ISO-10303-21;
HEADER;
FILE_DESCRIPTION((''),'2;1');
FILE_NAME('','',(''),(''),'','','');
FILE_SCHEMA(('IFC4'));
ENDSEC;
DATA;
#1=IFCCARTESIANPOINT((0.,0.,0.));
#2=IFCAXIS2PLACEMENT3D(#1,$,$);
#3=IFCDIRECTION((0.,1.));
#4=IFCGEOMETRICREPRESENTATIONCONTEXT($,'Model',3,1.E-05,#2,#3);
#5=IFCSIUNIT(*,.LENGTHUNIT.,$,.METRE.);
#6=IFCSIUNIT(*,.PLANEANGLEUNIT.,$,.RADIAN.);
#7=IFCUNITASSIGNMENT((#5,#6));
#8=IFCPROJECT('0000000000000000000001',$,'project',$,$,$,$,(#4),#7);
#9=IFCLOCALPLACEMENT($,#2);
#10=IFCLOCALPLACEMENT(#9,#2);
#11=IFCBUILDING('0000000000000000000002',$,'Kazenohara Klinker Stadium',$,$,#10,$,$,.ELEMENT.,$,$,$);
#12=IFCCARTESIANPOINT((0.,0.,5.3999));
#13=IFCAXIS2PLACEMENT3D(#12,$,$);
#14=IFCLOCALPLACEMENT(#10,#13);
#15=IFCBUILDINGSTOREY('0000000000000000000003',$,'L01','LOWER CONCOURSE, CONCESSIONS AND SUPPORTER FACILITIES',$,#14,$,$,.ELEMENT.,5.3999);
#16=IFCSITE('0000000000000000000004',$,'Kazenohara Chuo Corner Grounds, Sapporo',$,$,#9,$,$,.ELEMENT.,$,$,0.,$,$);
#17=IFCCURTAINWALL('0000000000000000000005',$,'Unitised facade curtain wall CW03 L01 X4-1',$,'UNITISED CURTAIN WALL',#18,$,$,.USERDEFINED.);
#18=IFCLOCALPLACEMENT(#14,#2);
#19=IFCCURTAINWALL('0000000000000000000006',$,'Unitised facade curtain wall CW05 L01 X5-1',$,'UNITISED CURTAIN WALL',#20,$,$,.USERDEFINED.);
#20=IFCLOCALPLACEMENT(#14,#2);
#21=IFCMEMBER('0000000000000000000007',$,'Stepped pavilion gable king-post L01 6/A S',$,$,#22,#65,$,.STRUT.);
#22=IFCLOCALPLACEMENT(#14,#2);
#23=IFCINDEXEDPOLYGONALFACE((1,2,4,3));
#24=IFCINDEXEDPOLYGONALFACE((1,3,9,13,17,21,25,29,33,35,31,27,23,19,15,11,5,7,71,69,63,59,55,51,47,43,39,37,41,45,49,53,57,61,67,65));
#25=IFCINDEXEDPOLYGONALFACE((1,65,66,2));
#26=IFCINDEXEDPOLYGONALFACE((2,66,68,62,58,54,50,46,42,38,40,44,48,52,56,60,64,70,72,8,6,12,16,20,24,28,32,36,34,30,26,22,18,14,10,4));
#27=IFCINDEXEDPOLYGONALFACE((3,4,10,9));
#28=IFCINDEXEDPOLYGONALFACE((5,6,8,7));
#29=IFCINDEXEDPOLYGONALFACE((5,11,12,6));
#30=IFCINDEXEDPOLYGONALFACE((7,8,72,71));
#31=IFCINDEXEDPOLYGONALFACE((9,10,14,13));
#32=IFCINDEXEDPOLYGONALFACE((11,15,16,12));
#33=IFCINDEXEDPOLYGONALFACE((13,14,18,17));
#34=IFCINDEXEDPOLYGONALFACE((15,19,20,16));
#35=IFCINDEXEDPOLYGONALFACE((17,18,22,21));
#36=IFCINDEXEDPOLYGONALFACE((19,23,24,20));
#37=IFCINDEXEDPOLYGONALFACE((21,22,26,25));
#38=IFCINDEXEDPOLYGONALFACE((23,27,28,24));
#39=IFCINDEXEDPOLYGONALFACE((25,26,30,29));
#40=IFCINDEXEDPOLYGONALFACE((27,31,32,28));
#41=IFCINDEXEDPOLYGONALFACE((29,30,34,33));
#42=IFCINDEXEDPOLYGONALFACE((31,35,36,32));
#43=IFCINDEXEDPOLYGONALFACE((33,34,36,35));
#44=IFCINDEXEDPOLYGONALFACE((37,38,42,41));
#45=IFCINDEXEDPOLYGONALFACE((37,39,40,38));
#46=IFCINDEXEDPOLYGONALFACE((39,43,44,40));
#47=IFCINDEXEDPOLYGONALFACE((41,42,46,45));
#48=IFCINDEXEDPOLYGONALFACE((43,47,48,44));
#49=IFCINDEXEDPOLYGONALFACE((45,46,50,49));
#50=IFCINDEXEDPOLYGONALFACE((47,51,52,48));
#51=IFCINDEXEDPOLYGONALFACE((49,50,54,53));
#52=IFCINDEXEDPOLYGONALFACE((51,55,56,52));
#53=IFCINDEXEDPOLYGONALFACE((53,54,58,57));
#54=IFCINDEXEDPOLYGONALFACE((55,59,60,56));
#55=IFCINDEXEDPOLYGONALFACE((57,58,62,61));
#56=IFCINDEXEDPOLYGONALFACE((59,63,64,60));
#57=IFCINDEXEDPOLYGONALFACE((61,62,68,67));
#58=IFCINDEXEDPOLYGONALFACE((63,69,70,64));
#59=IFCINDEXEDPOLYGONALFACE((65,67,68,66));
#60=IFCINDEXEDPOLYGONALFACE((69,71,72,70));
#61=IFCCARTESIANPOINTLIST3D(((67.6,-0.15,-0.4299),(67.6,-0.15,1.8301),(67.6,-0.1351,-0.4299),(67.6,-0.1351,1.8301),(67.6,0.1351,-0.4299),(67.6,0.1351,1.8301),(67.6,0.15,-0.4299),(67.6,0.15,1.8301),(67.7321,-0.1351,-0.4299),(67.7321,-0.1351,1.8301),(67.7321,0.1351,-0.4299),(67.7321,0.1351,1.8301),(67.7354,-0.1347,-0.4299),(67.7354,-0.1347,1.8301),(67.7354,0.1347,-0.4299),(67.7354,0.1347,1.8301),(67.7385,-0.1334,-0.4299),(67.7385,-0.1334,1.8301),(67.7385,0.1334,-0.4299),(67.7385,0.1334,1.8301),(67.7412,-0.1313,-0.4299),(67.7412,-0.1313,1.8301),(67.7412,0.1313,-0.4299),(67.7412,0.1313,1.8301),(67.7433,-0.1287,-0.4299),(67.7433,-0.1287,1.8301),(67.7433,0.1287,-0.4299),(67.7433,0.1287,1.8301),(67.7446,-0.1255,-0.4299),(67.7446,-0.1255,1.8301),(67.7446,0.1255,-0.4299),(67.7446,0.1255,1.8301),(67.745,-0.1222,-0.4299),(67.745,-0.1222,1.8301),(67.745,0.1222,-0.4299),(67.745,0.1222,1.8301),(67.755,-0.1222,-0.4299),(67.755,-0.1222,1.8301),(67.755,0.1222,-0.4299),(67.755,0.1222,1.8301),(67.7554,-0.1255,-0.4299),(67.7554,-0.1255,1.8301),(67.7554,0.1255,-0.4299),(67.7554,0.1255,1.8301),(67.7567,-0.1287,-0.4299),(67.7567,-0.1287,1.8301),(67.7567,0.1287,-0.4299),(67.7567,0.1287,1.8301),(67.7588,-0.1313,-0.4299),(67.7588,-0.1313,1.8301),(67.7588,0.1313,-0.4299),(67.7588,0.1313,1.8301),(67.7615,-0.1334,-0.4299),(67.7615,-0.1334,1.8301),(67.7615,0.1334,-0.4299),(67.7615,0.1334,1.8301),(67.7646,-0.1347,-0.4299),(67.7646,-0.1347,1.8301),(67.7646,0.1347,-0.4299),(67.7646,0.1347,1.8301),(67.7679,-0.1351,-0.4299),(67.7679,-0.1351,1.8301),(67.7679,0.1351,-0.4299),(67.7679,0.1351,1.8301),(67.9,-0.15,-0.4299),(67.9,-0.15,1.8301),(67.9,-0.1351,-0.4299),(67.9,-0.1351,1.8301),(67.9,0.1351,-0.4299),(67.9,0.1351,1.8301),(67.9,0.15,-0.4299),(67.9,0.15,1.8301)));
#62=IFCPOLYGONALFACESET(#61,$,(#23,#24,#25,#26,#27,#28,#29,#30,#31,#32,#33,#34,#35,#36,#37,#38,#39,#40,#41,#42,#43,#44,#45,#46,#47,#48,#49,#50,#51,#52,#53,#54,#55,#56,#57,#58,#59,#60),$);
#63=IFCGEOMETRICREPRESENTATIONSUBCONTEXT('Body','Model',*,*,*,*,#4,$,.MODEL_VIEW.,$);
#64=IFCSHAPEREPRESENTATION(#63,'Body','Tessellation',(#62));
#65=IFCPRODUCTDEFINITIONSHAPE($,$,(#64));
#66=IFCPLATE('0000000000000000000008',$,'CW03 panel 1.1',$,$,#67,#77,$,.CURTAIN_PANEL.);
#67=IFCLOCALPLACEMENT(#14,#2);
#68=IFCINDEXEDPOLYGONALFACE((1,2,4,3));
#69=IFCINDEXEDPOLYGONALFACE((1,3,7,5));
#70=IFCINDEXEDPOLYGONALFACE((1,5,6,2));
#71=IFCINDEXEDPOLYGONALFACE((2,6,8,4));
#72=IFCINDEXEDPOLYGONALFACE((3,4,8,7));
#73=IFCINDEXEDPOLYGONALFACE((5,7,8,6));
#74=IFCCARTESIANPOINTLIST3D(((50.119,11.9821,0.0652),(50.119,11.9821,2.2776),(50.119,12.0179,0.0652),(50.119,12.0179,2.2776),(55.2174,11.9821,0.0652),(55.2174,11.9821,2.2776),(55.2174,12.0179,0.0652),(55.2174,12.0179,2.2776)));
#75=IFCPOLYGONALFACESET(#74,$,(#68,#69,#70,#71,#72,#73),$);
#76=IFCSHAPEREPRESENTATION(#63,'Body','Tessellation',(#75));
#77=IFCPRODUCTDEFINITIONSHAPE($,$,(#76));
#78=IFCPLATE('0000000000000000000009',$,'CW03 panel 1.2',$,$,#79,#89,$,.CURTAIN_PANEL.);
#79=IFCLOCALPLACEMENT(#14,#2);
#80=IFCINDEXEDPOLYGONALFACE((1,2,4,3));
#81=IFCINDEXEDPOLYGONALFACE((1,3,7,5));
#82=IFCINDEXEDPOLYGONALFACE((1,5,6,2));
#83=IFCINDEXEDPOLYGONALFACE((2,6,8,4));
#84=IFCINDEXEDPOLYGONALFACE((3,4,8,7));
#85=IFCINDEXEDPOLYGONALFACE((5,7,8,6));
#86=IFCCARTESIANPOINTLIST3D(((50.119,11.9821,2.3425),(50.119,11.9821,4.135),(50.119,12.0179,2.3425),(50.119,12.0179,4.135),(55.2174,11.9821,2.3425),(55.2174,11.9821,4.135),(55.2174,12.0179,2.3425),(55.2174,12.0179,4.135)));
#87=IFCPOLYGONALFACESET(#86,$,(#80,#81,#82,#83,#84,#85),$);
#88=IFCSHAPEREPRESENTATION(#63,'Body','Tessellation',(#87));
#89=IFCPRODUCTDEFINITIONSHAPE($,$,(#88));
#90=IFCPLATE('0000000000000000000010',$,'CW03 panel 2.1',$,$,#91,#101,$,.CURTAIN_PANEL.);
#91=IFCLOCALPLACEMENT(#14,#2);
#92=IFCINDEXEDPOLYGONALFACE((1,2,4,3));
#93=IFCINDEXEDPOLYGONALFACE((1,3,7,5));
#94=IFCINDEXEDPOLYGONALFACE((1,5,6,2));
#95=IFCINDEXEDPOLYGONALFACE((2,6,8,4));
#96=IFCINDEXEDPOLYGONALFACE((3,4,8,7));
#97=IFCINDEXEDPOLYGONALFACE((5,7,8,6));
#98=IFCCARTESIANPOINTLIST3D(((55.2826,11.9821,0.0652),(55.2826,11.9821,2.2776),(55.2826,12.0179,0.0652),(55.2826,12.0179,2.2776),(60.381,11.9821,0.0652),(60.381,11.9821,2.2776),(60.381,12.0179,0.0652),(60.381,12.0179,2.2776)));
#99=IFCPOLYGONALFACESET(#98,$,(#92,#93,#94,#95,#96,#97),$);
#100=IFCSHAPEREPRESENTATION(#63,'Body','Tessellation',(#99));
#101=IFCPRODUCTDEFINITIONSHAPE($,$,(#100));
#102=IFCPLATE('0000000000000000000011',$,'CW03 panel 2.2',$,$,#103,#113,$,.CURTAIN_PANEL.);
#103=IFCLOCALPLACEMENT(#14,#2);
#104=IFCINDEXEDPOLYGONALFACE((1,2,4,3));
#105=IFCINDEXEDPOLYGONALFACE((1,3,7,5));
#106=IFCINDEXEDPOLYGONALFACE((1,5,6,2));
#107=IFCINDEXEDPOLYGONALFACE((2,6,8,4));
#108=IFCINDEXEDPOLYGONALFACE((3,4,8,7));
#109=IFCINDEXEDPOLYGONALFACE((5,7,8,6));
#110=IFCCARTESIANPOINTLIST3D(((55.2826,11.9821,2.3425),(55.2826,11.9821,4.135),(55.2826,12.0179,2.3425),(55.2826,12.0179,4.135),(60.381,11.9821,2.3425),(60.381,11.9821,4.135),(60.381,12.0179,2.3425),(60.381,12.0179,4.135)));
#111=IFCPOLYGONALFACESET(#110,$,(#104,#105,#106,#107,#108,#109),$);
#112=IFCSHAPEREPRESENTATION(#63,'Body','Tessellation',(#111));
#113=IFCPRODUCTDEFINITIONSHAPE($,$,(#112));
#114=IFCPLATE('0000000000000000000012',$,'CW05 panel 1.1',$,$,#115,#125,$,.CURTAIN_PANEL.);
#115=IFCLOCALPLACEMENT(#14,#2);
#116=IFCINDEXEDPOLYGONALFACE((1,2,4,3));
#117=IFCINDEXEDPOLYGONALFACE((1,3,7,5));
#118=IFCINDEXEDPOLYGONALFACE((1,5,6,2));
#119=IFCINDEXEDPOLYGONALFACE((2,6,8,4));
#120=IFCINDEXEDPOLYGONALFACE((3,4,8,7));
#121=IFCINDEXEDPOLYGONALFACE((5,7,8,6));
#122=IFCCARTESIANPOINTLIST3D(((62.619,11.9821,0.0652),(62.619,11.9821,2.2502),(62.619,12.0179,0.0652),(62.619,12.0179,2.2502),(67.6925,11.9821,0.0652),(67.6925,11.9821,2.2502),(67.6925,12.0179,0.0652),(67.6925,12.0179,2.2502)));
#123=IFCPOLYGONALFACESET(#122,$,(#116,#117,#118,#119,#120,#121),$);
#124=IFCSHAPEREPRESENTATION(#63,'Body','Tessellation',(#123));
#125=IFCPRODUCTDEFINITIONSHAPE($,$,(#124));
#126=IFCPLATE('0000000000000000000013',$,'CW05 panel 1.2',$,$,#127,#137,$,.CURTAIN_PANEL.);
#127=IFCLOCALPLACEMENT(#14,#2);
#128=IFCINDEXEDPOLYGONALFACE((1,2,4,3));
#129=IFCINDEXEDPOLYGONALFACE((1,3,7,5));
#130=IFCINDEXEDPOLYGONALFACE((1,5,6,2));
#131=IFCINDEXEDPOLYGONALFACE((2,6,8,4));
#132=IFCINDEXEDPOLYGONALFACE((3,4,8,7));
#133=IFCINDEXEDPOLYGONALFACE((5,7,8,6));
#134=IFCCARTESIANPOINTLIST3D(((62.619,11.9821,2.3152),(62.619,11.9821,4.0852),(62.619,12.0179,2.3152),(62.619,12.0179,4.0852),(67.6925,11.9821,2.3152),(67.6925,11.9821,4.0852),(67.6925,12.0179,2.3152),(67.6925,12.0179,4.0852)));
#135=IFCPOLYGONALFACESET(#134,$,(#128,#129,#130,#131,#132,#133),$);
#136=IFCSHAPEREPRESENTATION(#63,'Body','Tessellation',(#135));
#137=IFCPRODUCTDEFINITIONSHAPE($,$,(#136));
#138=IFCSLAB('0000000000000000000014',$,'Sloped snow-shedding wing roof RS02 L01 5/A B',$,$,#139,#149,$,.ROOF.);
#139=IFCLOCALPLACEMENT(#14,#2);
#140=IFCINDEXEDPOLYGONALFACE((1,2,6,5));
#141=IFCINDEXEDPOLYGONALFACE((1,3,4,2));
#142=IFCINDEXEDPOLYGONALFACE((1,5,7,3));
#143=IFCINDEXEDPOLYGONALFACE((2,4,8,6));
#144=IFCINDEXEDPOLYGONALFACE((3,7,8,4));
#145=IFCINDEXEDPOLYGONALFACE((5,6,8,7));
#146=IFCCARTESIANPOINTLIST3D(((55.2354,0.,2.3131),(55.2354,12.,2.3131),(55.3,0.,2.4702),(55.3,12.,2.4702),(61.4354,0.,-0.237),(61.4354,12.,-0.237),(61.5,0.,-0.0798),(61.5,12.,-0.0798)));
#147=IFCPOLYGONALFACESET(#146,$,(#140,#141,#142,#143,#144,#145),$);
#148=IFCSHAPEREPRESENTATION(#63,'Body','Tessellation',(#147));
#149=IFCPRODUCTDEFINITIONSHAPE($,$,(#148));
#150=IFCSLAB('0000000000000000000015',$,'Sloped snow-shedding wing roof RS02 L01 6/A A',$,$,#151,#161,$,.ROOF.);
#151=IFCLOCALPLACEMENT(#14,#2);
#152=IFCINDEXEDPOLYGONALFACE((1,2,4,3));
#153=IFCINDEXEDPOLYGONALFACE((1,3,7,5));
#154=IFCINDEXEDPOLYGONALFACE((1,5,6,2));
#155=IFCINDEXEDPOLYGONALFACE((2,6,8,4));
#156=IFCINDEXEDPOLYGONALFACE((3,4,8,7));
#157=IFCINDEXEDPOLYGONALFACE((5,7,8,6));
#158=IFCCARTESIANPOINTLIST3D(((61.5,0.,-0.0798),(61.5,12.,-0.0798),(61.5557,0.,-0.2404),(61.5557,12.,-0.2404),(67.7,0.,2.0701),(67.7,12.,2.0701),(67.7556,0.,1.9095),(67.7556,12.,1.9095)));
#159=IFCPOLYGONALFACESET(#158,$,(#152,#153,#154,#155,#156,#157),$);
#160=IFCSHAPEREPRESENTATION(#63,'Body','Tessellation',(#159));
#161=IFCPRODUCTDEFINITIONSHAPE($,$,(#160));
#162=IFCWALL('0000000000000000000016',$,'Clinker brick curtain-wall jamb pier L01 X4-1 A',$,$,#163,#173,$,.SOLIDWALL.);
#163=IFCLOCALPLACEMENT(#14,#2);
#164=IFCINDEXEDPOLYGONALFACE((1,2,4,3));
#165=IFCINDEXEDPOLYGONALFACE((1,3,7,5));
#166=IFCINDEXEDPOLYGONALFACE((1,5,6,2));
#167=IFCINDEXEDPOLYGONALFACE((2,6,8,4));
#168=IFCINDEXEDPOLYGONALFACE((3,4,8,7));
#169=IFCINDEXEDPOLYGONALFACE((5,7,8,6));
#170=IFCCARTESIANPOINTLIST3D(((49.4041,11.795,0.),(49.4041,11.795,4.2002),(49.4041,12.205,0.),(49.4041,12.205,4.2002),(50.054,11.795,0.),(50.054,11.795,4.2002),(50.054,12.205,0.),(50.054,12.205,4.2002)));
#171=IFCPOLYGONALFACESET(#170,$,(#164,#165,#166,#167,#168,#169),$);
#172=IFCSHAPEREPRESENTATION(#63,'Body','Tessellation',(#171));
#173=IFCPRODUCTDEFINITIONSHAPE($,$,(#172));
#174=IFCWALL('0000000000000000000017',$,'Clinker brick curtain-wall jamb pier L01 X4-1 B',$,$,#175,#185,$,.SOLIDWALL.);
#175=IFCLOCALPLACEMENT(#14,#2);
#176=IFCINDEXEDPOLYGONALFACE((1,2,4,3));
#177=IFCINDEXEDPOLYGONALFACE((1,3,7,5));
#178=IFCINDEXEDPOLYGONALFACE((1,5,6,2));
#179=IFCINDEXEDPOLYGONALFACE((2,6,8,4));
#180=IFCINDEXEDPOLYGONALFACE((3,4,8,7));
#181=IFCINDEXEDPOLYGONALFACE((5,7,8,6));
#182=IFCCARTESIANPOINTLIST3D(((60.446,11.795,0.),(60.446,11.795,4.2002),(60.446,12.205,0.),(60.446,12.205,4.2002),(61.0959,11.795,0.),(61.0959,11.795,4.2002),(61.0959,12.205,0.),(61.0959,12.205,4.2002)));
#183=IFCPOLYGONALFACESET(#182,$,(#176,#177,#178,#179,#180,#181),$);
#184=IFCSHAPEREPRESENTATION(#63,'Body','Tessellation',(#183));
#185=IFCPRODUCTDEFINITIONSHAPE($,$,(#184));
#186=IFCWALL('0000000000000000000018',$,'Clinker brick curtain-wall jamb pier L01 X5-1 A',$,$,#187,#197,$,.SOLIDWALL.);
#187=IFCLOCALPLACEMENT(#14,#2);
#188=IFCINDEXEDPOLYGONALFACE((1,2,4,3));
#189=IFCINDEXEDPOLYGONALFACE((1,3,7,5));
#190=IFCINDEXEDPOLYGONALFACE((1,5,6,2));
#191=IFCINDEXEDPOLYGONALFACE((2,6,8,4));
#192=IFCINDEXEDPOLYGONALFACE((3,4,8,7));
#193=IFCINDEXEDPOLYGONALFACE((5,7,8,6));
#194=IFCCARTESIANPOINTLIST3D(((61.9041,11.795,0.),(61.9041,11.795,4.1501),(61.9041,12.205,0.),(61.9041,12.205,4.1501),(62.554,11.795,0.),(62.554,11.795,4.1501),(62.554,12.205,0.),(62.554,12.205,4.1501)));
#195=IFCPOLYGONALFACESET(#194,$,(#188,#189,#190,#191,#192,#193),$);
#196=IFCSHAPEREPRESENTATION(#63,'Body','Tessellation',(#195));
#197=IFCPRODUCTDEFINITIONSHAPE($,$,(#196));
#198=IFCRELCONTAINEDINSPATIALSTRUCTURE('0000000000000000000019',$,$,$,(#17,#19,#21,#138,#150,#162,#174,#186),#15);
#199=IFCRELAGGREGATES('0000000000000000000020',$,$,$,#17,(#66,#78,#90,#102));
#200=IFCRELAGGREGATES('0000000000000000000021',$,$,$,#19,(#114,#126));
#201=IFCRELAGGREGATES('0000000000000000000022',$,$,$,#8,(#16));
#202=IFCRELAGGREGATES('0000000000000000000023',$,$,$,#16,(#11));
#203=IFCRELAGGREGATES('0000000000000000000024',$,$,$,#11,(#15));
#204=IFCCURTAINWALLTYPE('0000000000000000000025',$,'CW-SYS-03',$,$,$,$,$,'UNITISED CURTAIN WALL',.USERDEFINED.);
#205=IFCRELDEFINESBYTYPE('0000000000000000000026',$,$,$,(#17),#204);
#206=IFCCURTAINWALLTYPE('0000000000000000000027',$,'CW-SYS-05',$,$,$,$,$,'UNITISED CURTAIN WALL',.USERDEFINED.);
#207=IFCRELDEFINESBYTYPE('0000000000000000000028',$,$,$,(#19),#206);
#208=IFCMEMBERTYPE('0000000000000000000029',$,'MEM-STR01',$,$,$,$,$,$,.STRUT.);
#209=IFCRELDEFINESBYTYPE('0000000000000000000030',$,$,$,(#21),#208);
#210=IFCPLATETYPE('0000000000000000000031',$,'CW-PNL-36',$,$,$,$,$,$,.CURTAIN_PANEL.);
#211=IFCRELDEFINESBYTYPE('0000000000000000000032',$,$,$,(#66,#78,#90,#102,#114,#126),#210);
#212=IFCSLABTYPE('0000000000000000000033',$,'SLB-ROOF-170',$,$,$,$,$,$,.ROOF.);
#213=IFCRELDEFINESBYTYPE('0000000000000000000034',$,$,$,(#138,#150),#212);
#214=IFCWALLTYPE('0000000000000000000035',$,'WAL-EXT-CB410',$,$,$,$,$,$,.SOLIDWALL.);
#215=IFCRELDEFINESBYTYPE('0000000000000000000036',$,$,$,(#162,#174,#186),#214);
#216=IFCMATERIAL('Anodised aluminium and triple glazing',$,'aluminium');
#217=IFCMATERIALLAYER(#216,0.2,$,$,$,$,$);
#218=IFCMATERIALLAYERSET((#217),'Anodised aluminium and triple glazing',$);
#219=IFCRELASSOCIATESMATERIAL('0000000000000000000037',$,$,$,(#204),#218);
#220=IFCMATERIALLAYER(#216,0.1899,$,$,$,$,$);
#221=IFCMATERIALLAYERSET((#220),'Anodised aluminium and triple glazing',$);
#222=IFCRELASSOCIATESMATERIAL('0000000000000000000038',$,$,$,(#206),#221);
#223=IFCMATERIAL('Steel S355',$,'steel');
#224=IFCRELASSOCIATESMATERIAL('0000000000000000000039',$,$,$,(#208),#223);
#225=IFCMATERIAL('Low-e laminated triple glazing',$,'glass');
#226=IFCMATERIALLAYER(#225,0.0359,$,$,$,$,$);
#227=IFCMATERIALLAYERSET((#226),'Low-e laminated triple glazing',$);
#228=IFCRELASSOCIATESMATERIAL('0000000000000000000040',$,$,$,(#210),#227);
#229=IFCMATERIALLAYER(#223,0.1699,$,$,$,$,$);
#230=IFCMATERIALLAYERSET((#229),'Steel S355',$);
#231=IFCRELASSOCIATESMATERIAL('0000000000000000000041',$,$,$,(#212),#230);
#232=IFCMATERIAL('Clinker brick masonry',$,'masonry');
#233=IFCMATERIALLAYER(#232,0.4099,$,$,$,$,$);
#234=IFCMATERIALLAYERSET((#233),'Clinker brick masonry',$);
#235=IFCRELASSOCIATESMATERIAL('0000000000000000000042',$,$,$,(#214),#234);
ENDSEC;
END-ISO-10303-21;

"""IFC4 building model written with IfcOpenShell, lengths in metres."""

from ifc_helpers import new_model, si_unit, direction, frame, frame_2d, origin, origin_2d, place, context, subcontext, project, spatial, polyline, rectangle, i_section, outline, extrude, material, layer, layer_set, material_profile, profile_set, type_object, element, aggregate, save


model = new_model("IFC4")

# Units and contexts
model_context = context("Model", 3, precision=1e-05, world=origin(), true_north=direction((0.0, 1.0)))
body_context = subcontext(model_context, "Body", "Model", "MODEL_VIEW")
ifc_project = project(units=[si_unit("LENGTHUNIT", "METRE"), si_unit("PLANEANGLEUNIT", "RADIAN")], contexts=[model_context])

# Site, building, storey
site_placement = place(None, origin())
site = spatial("IfcSite", under=ifc_project, at=site_placement, Name="Kazenohara Chuo Corner Grounds, Sapporo", CompositionType="ELEMENT", RefElevation=0.0)
building_placement = place(site_placement, origin())
building = spatial("IfcBuilding", under=site, at=building_placement, Name="Kazenohara Klinker Stadium", CompositionType="ELEMENT")
storey_placement = place(building_placement, frame((0.0, 0.0, 5.3999)))
storey = spatial("IfcBuildingStorey", under=building, at=storey_placement, Name="L01", Description="LOWER CONCOURSE, CONCESSIONS AND SUPPORTER FACILITIES", CompositionType="ELEMENT", Elevation=5.3999)

# Shared definitions
ifc_material_1 = material(Name="Steel S355", Category="steel")

# Curtain walls
ifc_material_2 = material(Name="Anodised aluminium and triple glazing", Category="aluminium")
ifc_layer_1 = layer(ifc_material_2, 0.2)
ifc_layer_set_1 = layer_set([ifc_layer_1], Name="Anodised aluminium and triple glazing")
curtain_wall_type_1 = type_object("IfcCurtainWallType", Name="CW-SYS-03", ElementType="UNITISED CURTAIN WALL", PredefinedType="USERDEFINED", material=ifc_layer_set_1)
curtain_wall_1_placement = place(storey_placement, origin())
curtain_wall_1 = element("IfcCurtainWall", 1, at=curtain_wall_1_placement, inside=storey, type_object=curtain_wall_type_1, Name="Unitised facade curtain wall CW03 L01 X4-1", ObjectType="UNITISED CURTAIN WALL", PredefinedType="USERDEFINED")
ifc_layer_2 = layer(ifc_material_2, 0.1899)
ifc_layer_set_2 = layer_set([ifc_layer_2], Name="Anodised aluminium and triple glazing")
curtain_wall_type_2 = type_object("IfcCurtainWallType", Name="CW-SYS-05", ElementType="UNITISED CURTAIN WALL", PredefinedType="USERDEFINED", material=ifc_layer_set_2)
curtain_wall_2_placement = place(storey_placement, origin())
curtain_wall_2 = element("IfcCurtainWall", 2, at=curtain_wall_2_placement, inside=storey, type_object=curtain_wall_type_2, Name="Unitised facade curtain wall CW05 L01 X5-1", ObjectType="UNITISED CURTAIN WALL", PredefinedType="USERDEFINED")

# Member
ifc_material_profile_1 = material_profile(ifc_material_1, i_section(OverallWidth=0.3, OverallDepth=0.3, WebThickness=0.01, FlangeThickness=0.0149, FilletRadius=0.0129, at=origin_2d()), Name="H-300x300x10x15")
ifc_profile_set_1 = profile_set([ifc_material_profile_1], Name="Steel S355")
member_type_1 = type_object("IfcMemberType", Name="MEM-STR01", PredefinedType="STRUT", material=ifc_profile_set_1)
member_1_placement = place(storey_placement, frame((67.75, 0.0, -0.4299), z_axis=(0.0, 0.0, 1.0), x_axis=(1.0, 0.0, 0.0)))
element("IfcMember", 3, at=member_1_placement, inside=storey, type_object=member_type_1, Name="Stepped pavilion gable king-post L01 6/A S", PredefinedType="STRUT", context=body_context, shape_type="SweptSolid", body=[
    extrude(i_section(OverallWidth=0.3, OverallDepth=0.3, WebThickness=0.01, FlangeThickness=0.0149, FilletRadius=0.0129, at=origin_2d()), origin(), (0.0, 0.0, 1.0), 2.26),
])

# Plates
ifc_material_3 = material(Name="Low-e laminated triple glazing", Category="glass")
ifc_layer_3 = layer(ifc_material_3, 0.0359)
ifc_layer_set_3 = layer_set([ifc_layer_3], Name="Low-e laminated triple glazing")
plate_type = type_object("IfcPlateType", Name="CW-PNL-36", PredefinedType="CURTAIN_PANEL", material=ifc_layer_set_3)
plate_1_placement = place(storey_placement, frame((52.6682, 12.0, 0.0652), z_axis=(0.0, 0.0, 1.0), x_axis=(1.0, 0.0, 0.0)))
plate_1 = element("IfcPlate", 4, at=plate_1_placement, type_object=plate_type, Name="CW03 panel 1.1", PredefinedType="CURTAIN_PANEL", context=body_context, shape_type="SweptSolid", body=[
    extrude(rectangle(XDim=5.0984, YDim=0.0359, at=origin_2d()), origin(), (0.0, 0.0, 1.0), 2.2124),
])
plate_2_placement = place(storey_placement, frame((52.6682, 12.0, 2.3425), z_axis=(0.0, 0.0, 1.0), x_axis=(1.0, 0.0, 0.0)))
plate_2 = element("IfcPlate", 5, at=plate_2_placement, type_object=plate_type, Name="CW03 panel 1.2", PredefinedType="CURTAIN_PANEL", context=body_context, shape_type="SweptSolid", body=[
    extrude(rectangle(XDim=5.0984, YDim=0.0359, at=origin_2d()), origin(), (0.0, 0.0, 1.0), 1.7925),
])
plate_3_placement = place(storey_placement, frame((57.8318, 12.0, 0.0652), z_axis=(0.0, 0.0, 1.0), x_axis=(1.0, 0.0, 0.0)))
plate_3 = element("IfcPlate", 6, at=plate_3_placement, type_object=plate_type, Name="CW03 panel 2.1", PredefinedType="CURTAIN_PANEL", context=body_context, shape_type="SweptSolid", body=[
    extrude(rectangle(XDim=5.0984, YDim=0.0359, at=origin_2d()), origin(), (0.0, 0.0, 1.0), 2.2124),
])
plate_4_placement = place(storey_placement, frame((57.8318, 12.0, 2.3425), z_axis=(0.0, 0.0, 1.0), x_axis=(1.0, 0.0, 0.0)))
plate_4 = element("IfcPlate", 7, at=plate_4_placement, type_object=plate_type, Name="CW03 panel 2.2", PredefinedType="CURTAIN_PANEL", context=body_context, shape_type="SweptSolid", body=[
    extrude(rectangle(XDim=5.0984, YDim=0.0359, at=origin_2d()), origin(), (0.0, 0.0, 1.0), 1.7925),
])
aggregate(curtain_wall_1, [plate_1, plate_2, plate_3, plate_4])
plate_5_placement = place(storey_placement, frame((65.1558, 12.0, 0.0652), z_axis=(0.0, 0.0, 1.0), x_axis=(1.0, 0.0, 0.0)))
plate_5 = element("IfcPlate", 8, at=plate_5_placement, type_object=plate_type, Name="CW05 panel 1.1", PredefinedType="CURTAIN_PANEL", context=body_context, shape_type="SweptSolid", body=[
    extrude(rectangle(XDim=5.0735, YDim=0.0359, at=origin_2d()), origin(), (0.0, 0.0, 1.0), 2.1851),
])
plate_6_placement = place(storey_placement, frame((65.1558, 12.0, 2.3152), z_axis=(0.0, 0.0, 1.0), x_axis=(1.0, 0.0, 0.0)))
plate_6 = element("IfcPlate", 9, at=plate_6_placement, type_object=plate_type, Name="CW05 panel 1.2", PredefinedType="CURTAIN_PANEL", context=body_context, shape_type="SweptSolid", body=[
    extrude(rectangle(XDim=5.0735, YDim=0.0359, at=origin_2d()), origin(), (0.0, 0.0, 1.0), 1.77),
])
aggregate(curtain_wall_2, [plate_5, plate_6])

# Slabs
ifc_layer_4 = layer(ifc_material_1, 0.1699)
ifc_layer_set_4 = layer_set([ifc_layer_4], Name="Steel S355")
slab_type = type_object("IfcSlabType", Name="SLB-ROOF-170", PredefinedType="ROOF", material=ifc_layer_set_4)
slab_1_placement = place(storey_placement, frame((55.3, 0.0, 2.4702), z_axis=(0.380383, 0.0, 0.924829), x_axis=(0.924829, 0.0, -0.380383)))
element("IfcSlab", 10, at=slab_1_placement, inside=storey, type_object=slab_type, Name="Sloped snow-shedding wing roof RS02 L01 5/A B", PredefinedType="ROOF", context=body_context, shape_type="SweptSolid", body=[
    extrude(outline(polyline([(0.0, 0.0), (6.7039, 0.0), (6.7039, 12.0), (0.0, 12.0), (0.0, 0.0)])), origin(), (0.0, 0.0, -1.0), 0.1699),
])
slab_2_placement = place(storey_placement, frame((61.5, 0.0, -0.0798), z_axis=(-0.327623, 0.0, 0.944809), x_axis=(0.944809, 0.0, 0.327623)))
element("IfcSlab", 11, at=slab_2_placement, inside=storey, type_object=slab_type, Name="Sloped snow-shedding wing roof RS02 L01 6/A A", PredefinedType="ROOF", context=body_context, shape_type="SweptSolid", body=[
    extrude(outline(polyline([(0.0, 0.0), (6.5621, 0.0), (6.5621, 12.0), (0.0, 12.0), (0.0, 0.0)])), origin(), (0.0, 0.0, -1.0), 0.1699),
])

# Walls
ifc_material_4 = material(Name="Clinker brick masonry", Category="masonry")
ifc_layer_5 = layer(ifc_material_4, 0.4099)
ifc_layer_set_5 = layer_set([ifc_layer_5], Name="Clinker brick masonry")
wall_type_1 = type_object("IfcWallType", Name="WAL-EXT-CB410", PredefinedType="SOLIDWALL", material=ifc_layer_set_5)
for number, where, z_axis, x_axis, name in (
    (12, (49.4041, 12.0, 0.0), (0.0, 0.0, 1.0), (1.0, 0.0, 0.0), "Clinker brick curtain-wall jamb pier L01 X4-1 A"),
    (13, (60.446, 12.0, 0.0), (0.0, 0.0, 1.0), (1.0, 0.0, 0.0), "Clinker brick curtain-wall jamb pier L01 X4-1 B"),
):
    element("IfcWall", number, at=place(storey_placement, frame(where, z_axis=z_axis, x_axis=x_axis)), inside=storey, type_object=wall_type_1, Name=name, PredefinedType="SOLIDWALL", context=body_context, shape_type="SweptSolid", body=[
        extrude(rectangle(XDim=0.6499, YDim=0.4099, at=frame_2d((0.325, 0.0))), origin(), (0.0, 0.0, 1.0), 4.2002),
    ])
wall_1_placement = place(storey_placement, frame((61.9041, 12.0, 0.0), z_axis=(0.0, 0.0, 1.0), x_axis=(1.0, 0.0, 0.0)))
element("IfcWall", 14, at=wall_1_placement, inside=storey, type_object=wall_type_1, Name="Clinker brick curtain-wall jamb pier L01 X5-1 A", PredefinedType="SOLIDWALL", context=body_context, shape_type="SweptSolid", body=[
    extrude(rectangle(XDim=0.6499, YDim=0.4099, at=frame_2d((0.325, 0.0))), origin(), (0.0, 0.0, 1.0), 4.1501),
])

save(model, "model.ifc")
